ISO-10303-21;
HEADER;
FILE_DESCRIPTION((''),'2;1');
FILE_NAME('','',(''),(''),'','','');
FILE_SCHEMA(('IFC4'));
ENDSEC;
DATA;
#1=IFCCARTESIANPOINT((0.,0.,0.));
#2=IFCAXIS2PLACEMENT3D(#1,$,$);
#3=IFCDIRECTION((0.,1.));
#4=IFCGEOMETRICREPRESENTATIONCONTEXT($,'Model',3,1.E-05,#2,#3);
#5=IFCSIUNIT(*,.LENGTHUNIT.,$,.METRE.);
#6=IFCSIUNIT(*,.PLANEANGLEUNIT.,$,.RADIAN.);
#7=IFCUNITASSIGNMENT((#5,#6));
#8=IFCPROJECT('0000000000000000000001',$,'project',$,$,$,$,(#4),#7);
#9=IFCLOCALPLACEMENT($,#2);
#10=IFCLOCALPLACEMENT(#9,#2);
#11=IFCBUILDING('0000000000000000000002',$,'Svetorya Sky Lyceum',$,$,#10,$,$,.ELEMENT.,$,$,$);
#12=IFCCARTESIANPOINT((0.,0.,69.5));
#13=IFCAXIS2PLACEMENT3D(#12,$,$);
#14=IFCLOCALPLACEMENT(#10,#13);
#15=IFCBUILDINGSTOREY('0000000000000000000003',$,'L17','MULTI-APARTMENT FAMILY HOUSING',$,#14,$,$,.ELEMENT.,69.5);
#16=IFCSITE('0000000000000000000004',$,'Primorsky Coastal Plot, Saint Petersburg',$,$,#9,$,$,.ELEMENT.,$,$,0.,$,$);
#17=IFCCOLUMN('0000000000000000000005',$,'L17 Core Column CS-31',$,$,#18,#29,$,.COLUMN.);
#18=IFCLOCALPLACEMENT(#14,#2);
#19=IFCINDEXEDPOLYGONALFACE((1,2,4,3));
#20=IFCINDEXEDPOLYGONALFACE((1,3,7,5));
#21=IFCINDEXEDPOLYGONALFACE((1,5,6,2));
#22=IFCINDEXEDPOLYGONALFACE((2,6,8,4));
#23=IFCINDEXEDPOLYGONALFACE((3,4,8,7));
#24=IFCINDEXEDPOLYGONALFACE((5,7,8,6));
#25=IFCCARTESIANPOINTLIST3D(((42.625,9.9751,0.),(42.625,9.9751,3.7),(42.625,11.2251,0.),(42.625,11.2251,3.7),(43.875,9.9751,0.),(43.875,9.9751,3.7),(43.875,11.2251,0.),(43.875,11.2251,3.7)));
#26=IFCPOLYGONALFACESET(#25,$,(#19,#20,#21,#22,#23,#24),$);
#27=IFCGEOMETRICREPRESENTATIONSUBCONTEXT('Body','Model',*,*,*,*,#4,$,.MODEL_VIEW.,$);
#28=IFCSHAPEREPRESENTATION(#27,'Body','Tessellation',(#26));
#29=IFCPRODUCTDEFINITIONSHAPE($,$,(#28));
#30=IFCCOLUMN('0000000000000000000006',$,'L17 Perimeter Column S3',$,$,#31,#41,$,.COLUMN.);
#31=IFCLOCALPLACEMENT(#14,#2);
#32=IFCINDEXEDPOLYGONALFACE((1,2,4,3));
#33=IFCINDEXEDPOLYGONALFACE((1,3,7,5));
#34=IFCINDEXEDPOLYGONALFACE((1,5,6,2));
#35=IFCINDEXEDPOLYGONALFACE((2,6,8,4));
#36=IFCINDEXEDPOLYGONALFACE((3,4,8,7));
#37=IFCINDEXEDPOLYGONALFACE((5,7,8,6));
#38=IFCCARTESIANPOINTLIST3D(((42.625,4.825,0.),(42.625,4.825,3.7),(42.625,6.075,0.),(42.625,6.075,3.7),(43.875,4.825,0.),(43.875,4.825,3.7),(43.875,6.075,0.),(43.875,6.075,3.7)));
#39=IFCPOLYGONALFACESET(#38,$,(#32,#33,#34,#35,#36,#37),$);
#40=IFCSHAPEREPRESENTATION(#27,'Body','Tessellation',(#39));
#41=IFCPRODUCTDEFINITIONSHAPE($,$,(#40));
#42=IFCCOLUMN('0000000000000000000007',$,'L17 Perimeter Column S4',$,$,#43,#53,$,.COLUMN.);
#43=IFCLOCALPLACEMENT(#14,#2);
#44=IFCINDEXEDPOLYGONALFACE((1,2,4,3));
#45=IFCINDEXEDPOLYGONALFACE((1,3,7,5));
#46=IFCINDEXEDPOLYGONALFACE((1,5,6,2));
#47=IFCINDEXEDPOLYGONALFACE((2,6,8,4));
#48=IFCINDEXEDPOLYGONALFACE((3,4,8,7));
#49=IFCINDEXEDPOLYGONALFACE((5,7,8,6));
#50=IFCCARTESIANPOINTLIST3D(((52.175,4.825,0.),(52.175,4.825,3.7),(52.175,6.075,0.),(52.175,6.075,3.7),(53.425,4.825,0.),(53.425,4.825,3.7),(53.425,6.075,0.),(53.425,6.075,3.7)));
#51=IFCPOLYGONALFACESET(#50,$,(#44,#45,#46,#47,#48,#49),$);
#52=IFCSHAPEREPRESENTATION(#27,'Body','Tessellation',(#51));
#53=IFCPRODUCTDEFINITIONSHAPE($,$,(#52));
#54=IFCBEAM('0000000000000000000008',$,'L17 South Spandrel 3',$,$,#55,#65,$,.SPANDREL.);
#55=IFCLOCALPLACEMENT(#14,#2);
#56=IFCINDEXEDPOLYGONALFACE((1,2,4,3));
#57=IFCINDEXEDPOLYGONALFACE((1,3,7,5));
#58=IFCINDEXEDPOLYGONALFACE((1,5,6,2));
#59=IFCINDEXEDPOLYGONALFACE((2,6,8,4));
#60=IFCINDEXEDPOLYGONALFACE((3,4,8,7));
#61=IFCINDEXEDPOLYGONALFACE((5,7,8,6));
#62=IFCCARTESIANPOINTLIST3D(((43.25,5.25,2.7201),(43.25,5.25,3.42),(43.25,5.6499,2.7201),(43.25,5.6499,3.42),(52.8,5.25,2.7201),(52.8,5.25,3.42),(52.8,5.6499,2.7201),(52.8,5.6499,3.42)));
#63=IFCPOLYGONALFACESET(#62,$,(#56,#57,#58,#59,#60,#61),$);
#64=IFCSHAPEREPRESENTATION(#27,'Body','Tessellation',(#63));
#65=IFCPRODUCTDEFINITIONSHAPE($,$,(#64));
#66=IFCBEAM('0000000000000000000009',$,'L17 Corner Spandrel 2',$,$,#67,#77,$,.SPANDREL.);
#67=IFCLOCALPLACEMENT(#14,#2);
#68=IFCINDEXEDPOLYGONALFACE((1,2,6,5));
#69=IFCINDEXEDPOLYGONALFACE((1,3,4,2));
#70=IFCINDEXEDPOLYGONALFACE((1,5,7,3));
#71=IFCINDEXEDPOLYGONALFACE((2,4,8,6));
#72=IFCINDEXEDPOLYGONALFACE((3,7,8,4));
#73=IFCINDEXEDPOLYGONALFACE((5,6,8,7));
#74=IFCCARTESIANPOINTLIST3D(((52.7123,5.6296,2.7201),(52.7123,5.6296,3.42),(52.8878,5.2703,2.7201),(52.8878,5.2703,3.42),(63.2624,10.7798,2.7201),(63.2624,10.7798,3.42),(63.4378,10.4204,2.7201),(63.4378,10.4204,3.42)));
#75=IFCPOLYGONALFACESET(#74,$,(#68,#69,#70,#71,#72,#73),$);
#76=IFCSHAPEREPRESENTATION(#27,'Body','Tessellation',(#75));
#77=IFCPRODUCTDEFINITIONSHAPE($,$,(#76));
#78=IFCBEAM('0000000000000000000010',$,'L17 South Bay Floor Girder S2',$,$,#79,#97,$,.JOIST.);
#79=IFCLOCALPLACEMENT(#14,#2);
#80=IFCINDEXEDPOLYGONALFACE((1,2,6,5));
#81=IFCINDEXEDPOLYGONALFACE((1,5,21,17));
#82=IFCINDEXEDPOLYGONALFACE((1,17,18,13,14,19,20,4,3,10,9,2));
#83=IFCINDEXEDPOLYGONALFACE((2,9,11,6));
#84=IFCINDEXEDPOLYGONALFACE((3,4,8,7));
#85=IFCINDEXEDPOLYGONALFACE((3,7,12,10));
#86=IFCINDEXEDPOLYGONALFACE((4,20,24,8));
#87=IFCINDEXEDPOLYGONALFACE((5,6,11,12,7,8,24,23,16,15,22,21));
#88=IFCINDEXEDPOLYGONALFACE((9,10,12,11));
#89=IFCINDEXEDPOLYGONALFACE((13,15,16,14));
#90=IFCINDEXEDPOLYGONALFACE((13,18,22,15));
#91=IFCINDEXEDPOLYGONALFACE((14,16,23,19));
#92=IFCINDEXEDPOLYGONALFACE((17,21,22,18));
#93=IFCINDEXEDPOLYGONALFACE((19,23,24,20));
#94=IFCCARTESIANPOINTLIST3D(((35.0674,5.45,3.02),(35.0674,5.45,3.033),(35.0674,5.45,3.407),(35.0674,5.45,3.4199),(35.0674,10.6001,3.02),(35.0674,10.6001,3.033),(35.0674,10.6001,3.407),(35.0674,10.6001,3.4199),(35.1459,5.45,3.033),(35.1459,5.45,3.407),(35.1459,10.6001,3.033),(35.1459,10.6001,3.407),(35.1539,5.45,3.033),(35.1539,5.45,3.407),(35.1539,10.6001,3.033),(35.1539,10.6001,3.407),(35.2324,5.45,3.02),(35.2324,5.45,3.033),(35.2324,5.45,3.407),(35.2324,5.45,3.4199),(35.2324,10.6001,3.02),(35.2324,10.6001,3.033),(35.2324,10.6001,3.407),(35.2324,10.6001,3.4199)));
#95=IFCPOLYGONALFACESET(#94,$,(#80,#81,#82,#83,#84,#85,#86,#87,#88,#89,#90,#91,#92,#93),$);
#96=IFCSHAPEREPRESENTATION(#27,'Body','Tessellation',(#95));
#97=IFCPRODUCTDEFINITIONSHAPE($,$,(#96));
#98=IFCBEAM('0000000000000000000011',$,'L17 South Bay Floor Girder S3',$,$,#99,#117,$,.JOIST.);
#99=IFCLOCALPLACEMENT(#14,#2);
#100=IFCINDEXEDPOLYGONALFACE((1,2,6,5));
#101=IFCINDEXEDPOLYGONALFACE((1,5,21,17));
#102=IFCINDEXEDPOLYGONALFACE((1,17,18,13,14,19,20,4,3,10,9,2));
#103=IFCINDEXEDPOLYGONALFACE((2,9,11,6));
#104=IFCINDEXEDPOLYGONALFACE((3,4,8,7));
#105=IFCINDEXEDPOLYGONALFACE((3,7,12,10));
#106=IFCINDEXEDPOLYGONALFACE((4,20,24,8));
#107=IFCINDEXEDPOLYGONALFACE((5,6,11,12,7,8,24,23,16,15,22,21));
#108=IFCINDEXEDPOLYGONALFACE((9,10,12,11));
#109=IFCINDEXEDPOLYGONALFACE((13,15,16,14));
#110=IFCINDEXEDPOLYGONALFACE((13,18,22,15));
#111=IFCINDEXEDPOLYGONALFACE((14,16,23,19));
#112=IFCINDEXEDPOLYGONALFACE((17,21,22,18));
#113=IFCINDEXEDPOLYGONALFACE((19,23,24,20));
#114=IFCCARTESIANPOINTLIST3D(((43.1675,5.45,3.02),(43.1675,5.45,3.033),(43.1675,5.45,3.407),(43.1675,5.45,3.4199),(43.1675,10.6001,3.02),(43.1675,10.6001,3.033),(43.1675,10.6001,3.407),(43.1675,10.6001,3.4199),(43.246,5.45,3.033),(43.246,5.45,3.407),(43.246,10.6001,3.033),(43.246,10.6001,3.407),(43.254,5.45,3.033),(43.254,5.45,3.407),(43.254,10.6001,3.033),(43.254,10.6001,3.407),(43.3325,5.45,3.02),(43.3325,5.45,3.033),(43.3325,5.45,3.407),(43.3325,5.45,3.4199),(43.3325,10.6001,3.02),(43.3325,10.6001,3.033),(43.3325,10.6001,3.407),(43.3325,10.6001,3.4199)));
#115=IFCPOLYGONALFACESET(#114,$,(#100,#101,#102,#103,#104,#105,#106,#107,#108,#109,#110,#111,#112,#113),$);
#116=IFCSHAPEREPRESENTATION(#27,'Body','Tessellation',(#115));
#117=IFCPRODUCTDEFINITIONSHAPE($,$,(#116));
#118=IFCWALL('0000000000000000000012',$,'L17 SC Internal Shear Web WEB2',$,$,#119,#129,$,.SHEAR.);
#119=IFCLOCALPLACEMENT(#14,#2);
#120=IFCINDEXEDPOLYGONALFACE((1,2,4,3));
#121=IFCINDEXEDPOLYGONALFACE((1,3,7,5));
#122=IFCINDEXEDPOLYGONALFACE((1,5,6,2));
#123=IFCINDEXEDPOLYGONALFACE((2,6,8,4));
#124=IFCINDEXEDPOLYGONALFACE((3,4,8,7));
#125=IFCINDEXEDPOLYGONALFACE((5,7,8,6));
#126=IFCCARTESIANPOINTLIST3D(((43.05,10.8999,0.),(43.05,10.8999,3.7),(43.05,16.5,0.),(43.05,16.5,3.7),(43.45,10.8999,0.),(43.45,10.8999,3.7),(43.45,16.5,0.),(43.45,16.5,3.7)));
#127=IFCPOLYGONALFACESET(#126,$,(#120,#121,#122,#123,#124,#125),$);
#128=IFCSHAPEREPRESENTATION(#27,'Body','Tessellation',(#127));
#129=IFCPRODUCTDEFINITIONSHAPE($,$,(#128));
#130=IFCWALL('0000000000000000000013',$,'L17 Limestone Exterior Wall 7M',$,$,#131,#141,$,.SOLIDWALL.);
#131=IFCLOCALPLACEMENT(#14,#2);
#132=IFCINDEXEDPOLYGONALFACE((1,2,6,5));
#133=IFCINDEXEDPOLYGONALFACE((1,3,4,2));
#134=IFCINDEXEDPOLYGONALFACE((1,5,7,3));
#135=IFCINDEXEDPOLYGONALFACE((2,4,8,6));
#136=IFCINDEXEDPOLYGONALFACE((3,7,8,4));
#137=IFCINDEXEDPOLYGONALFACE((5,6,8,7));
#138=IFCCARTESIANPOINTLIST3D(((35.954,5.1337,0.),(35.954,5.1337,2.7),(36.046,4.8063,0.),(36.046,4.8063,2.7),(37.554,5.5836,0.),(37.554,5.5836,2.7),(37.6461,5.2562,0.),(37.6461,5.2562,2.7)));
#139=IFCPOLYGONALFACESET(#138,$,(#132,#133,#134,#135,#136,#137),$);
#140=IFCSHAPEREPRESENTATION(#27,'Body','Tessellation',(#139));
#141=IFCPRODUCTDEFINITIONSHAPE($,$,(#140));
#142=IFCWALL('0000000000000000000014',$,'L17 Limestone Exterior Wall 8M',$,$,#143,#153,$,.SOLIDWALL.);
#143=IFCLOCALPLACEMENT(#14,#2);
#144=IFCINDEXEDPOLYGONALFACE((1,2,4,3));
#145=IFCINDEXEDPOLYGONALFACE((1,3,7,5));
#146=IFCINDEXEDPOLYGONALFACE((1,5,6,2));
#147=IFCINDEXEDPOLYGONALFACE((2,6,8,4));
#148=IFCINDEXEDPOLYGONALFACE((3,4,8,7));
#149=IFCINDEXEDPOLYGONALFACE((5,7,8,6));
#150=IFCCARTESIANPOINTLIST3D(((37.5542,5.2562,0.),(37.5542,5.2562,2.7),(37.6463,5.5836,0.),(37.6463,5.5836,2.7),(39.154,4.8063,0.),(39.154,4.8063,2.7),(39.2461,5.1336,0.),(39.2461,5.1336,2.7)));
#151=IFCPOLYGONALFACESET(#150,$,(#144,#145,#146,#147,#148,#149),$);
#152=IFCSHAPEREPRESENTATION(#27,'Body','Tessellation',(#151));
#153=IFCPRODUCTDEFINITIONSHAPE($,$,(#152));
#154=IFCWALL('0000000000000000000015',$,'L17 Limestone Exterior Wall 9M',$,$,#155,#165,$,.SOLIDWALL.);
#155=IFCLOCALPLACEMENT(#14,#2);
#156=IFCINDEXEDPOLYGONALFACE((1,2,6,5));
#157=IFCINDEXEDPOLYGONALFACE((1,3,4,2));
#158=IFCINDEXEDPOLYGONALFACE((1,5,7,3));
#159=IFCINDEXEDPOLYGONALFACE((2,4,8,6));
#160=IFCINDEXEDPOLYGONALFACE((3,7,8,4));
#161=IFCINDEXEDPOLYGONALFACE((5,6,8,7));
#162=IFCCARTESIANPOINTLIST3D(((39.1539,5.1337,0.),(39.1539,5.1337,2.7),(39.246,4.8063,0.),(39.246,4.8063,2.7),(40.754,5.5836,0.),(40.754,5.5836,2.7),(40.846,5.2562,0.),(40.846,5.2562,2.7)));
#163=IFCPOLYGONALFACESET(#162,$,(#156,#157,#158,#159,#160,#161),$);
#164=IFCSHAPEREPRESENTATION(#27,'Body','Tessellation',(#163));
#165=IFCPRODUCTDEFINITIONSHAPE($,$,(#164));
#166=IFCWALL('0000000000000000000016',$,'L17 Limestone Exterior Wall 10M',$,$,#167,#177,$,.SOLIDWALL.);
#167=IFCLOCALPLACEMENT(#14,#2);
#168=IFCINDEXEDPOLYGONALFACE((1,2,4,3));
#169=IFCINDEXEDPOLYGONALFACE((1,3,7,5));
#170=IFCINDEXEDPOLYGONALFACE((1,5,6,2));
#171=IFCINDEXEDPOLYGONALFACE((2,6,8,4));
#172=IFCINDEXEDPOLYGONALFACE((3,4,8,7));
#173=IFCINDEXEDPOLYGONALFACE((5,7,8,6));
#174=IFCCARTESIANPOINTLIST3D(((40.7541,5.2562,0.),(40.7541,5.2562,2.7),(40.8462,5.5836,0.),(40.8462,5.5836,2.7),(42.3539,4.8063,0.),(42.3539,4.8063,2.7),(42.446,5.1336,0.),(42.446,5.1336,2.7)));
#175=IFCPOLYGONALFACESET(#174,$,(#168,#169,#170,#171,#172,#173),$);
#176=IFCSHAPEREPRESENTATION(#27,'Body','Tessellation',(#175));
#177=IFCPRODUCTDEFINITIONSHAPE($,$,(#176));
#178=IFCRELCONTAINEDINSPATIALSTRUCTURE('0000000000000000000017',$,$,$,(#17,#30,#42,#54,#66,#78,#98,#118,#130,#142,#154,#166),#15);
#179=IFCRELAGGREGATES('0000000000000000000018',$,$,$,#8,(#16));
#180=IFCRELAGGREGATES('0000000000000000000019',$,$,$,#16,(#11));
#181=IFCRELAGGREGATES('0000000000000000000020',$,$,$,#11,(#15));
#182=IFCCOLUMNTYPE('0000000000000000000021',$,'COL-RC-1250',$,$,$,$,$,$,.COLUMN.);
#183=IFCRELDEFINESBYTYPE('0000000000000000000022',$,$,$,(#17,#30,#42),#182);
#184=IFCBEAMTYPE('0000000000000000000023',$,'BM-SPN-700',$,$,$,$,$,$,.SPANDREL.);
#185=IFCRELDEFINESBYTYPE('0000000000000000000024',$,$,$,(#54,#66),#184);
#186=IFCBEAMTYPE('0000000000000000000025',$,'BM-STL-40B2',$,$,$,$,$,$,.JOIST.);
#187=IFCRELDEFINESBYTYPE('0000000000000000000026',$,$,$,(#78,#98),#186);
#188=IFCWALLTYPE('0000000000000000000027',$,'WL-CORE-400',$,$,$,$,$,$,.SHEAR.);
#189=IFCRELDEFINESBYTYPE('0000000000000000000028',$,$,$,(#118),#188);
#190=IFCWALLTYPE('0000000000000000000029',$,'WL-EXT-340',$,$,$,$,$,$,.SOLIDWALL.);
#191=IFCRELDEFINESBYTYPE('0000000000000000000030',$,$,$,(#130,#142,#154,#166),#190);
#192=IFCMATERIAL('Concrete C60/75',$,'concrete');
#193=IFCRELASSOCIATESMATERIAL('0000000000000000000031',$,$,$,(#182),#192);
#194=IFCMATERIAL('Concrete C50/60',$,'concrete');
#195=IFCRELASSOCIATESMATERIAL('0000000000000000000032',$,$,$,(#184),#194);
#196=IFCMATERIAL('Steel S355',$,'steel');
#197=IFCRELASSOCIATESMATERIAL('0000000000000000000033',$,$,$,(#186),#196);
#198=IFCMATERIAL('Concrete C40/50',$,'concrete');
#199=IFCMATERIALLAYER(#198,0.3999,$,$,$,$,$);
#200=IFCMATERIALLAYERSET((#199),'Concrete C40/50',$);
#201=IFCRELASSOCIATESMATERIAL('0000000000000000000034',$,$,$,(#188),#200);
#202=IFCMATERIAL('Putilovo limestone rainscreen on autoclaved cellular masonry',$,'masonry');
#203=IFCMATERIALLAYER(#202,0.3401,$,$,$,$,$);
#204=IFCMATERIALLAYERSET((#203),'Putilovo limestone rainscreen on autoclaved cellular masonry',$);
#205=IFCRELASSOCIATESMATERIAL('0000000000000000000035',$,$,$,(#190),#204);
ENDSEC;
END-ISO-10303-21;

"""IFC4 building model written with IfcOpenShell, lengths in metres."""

from ifc_helpers import new_model, si_unit, direction, frame, frame_2d, origin, origin_2d, place, context, subcontext, project, spatial, rectangle, i_section, extrude, material, layer, layer_set, material_profile, profile_set, type_object, element, save


model = new_model("IFC4")

# Units and contexts
model_context = context("Model", 3, precision=1e-05, world=origin(), true_north=direction((0.0, 1.0)))
body_context = subcontext(model_context, "Body", "Model", "MODEL_VIEW")
ifc_project = project(units=[si_unit("LENGTHUNIT", "METRE"), si_unit("PLANEANGLEUNIT", "RADIAN")], contexts=[model_context])

# Site, building, storey
site_placement = place(None, origin())
site = spatial("IfcSite", under=ifc_project, at=site_placement, Name="Primorsky Coastal Plot, Saint Petersburg", CompositionType="ELEMENT", RefElevation=0.0)
building_placement = place(site_placement, origin())
building = spatial("IfcBuilding", under=site, at=building_placement, Name="Svetorya Sky Lyceum", CompositionType="ELEMENT")
storey_placement = place(building_placement, frame((0.0, 0.0, 69.5)))
storey = spatial("IfcBuildingStorey", under=building, at=storey_placement, Name="L17", Description="MULTI-APARTMENT FAMILY HOUSING", CompositionType="ELEMENT", Elevation=69.5)

# Columns
ifc_material_1 = material(Name="Concrete C60/75", Category="concrete")
ifc_material_profile_1 = material_profile(ifc_material_1, rectangle(XDim=1.25, YDim=1.25, at=origin_2d()), Name="RC COL 1250x1250")
ifc_profile_set_1 = profile_set([ifc_material_profile_1], Name="Concrete C60/75")
column_type = type_object("IfcColumnType", Name="COL-RC-1250", PredefinedType="COLUMN", material=ifc_profile_set_1)
for number, where, z_axis, x_axis, name in (
    (1, (43.25, 10.6001, 0.0), (0.0, 0.0, 1.0), (1.0, 0.0, 0.0), "L17 Core Column CS-31"),
    (2, (43.25, 5.45, 0.0), (0.0, 0.0, 1.0), (1.0, 0.0, 0.0), "L17 Perimeter Column S3"),
    (3, (52.8, 5.45, 0.0), (0.0, 0.0, 1.0), (1.0, 0.0, 0.0), "L17 Perimeter Column S4"),
):
    element("IfcColumn", number, at=place(storey_placement, frame(where, z_axis=z_axis, x_axis=x_axis)), inside=storey, type_object=column_type, Name=name, PredefinedType="COLUMN", context=body_context, shape_type="SweptSolid", body=[
        extrude(rectangle(XDim=1.25, YDim=1.25, at=origin_2d()), origin(), (0.0, 0.0, 1.0), 3.7),
    ])

# Beams
ifc_material_2 = material(Name="Concrete C50/60", Category="concrete")
ifc_material_profile_2 = material_profile(ifc_material_2, rectangle(XDim=0.3999, YDim=0.7, at=origin_2d()), Name="RC SPANDREL 400x700")
ifc_profile_set_2 = profile_set([ifc_material_profile_2], Name="Concrete C50/60")
beam_type_1 = type_object("IfcBeamType", Name="BM-SPN-700", PredefinedType="SPANDREL", material=ifc_profile_set_2)
beam_1_placement = place(storey_placement, frame((43.25, 5.45, 3.0701), z_axis=(1.0, 0.0, 0.0), x_axis=(0.0, 1.0, 0.0)))
element("IfcBeam", 4, at=beam_1_placement, inside=storey, type_object=beam_type_1, Name="L17 South Spandrel 3", PredefinedType="SPANDREL", context=body_context, shape_type="SweptSolid", body=[
    extrude(rectangle(XDim=0.3999, YDim=0.7, at=origin_2d()), origin(), (0.0, 0.0, 1.0), 9.55),
])
beam_2_placement = place(storey_placement, frame((52.8, 5.45, 3.0701), z_axis=(0.898641, 0.438684, 0.0), x_axis=(-0.438684, 0.898641, 0.0)))
element("IfcBeam", 5, at=beam_2_placement, inside=storey, type_object=beam_type_1, Name="L17 Corner Spandrel 2", PredefinedType="SPANDREL", context=body_context, shape_type="SweptSolid", body=[
    extrude(rectangle(XDim=0.3999, YDim=0.7, at=origin_2d()), origin(), (0.0, 0.0, 1.0), 11.74),
])
ifc_material_3 = material(Name="Steel S355", Category="steel")
ifc_material_profile_3 = material_profile(ifc_material_3, i_section(OverallWidth=0.165, OverallDepth=0.3999, WebThickness=0.0081, FlangeThickness=0.0129, at=origin_2d()), Name="GOST 40B2")
ifc_profile_set_3 = profile_set([ifc_material_profile_3], Name="Steel S355")
beam_type_2 = type_object("IfcBeamType", Name="BM-STL-40B2", PredefinedType="JOIST", material=ifc_profile_set_3)
for number, where, z_axis, x_axis, name in (
    (6, (35.1499, 5.45, 3.22), (0.0, 1.0, 0.0), (-1.0, 0.0, 0.0), "L17 South Bay Floor Girder S2"),
    (7, (43.25, 5.45, 3.22), (0.0, 1.0, 0.0), (-1.0, 0.0, 0.0), "L17 South Bay Floor Girder S3"),
):
    element("IfcBeam", number, at=place(storey_placement, frame(where, z_axis=z_axis, x_axis=x_axis)), inside=storey, type_object=beam_type_2, Name=name, PredefinedType="JOIST", context=body_context, shape_type="SweptSolid", body=[
        extrude(i_section(OverallWidth=0.165, OverallDepth=0.3999, WebThickness=0.0081, FlangeThickness=0.0129, at=origin_2d()), origin(), (0.0, 0.0, 1.0), 5.1501),
    ])

# Walls
ifc_material_4 = material(Name="Concrete C40/50", Category="concrete")
ifc_layer_1 = layer(ifc_material_4, 0.3999)
ifc_layer_set_1 = layer_set([ifc_layer_1], Name="Concrete C40/50")
wall_type_1 = type_object("IfcWallType", Name="WL-CORE-400", PredefinedType="SHEAR", material=ifc_layer_set_1)
wall_1_placement = place(storey_placement, frame((43.25, 10.8999, 0.0), z_axis=(0.0, 0.0, 1.0), x_axis=(0.0, 1.0, 0.0)))
element("IfcWall", 8, at=wall_1_placement, inside=storey, type_object=wall_type_1, Name="L17 SC Internal Shear Web WEB2", PredefinedType="SHEAR", context=body_context, shape_type="SweptSolid", body=[
    extrude(rectangle(XDim=5.6001, YDim=0.3999, at=frame_2d((2.8, 0.0))), origin(), (0.0, 0.0, 1.0), 3.7),
])
ifc_material_5 = material(Name="Putilovo limestone rainscreen on autoclaved cellular masonry", Category="masonry")
ifc_layer_2 = layer(ifc_material_5, 0.3401)
ifc_layer_set_2 = layer_set([ifc_layer_2], Name="Putilovo limestone rainscreen on autoclaved cellular masonry")
wall_type_2 = type_object("IfcWallType", Name="WL-EXT-340", PredefinedType="SOLIDWALL", material=ifc_layer_set_2)
wall_2_placement = place(storey_placement, frame((36.0, 4.97, 0.0), z_axis=(0.0, 0.0, 1.0), x_axis=(0.962663, 0.270703, 0.0)))
element("IfcWall", 9, at=wall_2_placement, inside=storey, type_object=wall_type_2, Name="L17 Limestone Exterior Wall 7M", PredefinedType="SOLIDWALL", context=body_context, shape_type="SweptSolid", body=[
    extrude(rectangle(XDim=1.6621, YDim=0.3401, at=frame_2d((0.8311, 0.0))), origin(), (0.0, 0.0, 1.0), 2.7),
])
wall_3_placement = place(storey_placement, frame((37.6001, 5.4199, 0.0), z_axis=(0.0, 0.0, 1.0), x_axis=(0.962652, -0.270741, 0.0)))
element("IfcWall", 10, at=wall_3_placement, inside=storey, type_object=wall_type_2, Name="L17 Limestone Exterior Wall 8M", PredefinedType="SOLIDWALL", context=body_context, shape_type="SweptSolid", body=[
    extrude(rectangle(XDim=1.6619, YDim=0.3401, at=frame_2d((0.8311, 0.0))), origin(), (0.0, 0.0, 1.0), 2.7),
])
wall_4_placement = place(storey_placement, frame((39.2, 4.97, 0.0), z_axis=(0.0, 0.0, 1.0), x_axis=(0.962663, 0.270703, 0.0)))
element("IfcWall", 11, at=wall_4_placement, inside=storey, type_object=wall_type_2, Name="L17 Limestone Exterior Wall 9M", PredefinedType="SOLIDWALL", context=body_context, shape_type="SweptSolid", body=[
    extrude(rectangle(XDim=1.6621, YDim=0.3401, at=frame_2d((0.8311, 0.0))), origin(), (0.0, 0.0, 1.0), 2.7),
])
wall_5_placement = place(storey_placement, frame((40.8, 5.4199, 0.0), z_axis=(0.0, 0.0, 1.0), x_axis=(0.962652, -0.270741, 0.0)))
element("IfcWall", 12, at=wall_5_placement, inside=storey, type_object=wall_type_2, Name="L17 Limestone Exterior Wall 10M", PredefinedType="SOLIDWALL", context=body_context, shape_type="SweptSolid", body=[
    extrude(rectangle(XDim=1.6619, YDim=0.3401, at=frame_2d((0.8311, 0.0))), origin(), (0.0, 0.0, 1.0), 2.7),
])

save(model, "model.ifc")
